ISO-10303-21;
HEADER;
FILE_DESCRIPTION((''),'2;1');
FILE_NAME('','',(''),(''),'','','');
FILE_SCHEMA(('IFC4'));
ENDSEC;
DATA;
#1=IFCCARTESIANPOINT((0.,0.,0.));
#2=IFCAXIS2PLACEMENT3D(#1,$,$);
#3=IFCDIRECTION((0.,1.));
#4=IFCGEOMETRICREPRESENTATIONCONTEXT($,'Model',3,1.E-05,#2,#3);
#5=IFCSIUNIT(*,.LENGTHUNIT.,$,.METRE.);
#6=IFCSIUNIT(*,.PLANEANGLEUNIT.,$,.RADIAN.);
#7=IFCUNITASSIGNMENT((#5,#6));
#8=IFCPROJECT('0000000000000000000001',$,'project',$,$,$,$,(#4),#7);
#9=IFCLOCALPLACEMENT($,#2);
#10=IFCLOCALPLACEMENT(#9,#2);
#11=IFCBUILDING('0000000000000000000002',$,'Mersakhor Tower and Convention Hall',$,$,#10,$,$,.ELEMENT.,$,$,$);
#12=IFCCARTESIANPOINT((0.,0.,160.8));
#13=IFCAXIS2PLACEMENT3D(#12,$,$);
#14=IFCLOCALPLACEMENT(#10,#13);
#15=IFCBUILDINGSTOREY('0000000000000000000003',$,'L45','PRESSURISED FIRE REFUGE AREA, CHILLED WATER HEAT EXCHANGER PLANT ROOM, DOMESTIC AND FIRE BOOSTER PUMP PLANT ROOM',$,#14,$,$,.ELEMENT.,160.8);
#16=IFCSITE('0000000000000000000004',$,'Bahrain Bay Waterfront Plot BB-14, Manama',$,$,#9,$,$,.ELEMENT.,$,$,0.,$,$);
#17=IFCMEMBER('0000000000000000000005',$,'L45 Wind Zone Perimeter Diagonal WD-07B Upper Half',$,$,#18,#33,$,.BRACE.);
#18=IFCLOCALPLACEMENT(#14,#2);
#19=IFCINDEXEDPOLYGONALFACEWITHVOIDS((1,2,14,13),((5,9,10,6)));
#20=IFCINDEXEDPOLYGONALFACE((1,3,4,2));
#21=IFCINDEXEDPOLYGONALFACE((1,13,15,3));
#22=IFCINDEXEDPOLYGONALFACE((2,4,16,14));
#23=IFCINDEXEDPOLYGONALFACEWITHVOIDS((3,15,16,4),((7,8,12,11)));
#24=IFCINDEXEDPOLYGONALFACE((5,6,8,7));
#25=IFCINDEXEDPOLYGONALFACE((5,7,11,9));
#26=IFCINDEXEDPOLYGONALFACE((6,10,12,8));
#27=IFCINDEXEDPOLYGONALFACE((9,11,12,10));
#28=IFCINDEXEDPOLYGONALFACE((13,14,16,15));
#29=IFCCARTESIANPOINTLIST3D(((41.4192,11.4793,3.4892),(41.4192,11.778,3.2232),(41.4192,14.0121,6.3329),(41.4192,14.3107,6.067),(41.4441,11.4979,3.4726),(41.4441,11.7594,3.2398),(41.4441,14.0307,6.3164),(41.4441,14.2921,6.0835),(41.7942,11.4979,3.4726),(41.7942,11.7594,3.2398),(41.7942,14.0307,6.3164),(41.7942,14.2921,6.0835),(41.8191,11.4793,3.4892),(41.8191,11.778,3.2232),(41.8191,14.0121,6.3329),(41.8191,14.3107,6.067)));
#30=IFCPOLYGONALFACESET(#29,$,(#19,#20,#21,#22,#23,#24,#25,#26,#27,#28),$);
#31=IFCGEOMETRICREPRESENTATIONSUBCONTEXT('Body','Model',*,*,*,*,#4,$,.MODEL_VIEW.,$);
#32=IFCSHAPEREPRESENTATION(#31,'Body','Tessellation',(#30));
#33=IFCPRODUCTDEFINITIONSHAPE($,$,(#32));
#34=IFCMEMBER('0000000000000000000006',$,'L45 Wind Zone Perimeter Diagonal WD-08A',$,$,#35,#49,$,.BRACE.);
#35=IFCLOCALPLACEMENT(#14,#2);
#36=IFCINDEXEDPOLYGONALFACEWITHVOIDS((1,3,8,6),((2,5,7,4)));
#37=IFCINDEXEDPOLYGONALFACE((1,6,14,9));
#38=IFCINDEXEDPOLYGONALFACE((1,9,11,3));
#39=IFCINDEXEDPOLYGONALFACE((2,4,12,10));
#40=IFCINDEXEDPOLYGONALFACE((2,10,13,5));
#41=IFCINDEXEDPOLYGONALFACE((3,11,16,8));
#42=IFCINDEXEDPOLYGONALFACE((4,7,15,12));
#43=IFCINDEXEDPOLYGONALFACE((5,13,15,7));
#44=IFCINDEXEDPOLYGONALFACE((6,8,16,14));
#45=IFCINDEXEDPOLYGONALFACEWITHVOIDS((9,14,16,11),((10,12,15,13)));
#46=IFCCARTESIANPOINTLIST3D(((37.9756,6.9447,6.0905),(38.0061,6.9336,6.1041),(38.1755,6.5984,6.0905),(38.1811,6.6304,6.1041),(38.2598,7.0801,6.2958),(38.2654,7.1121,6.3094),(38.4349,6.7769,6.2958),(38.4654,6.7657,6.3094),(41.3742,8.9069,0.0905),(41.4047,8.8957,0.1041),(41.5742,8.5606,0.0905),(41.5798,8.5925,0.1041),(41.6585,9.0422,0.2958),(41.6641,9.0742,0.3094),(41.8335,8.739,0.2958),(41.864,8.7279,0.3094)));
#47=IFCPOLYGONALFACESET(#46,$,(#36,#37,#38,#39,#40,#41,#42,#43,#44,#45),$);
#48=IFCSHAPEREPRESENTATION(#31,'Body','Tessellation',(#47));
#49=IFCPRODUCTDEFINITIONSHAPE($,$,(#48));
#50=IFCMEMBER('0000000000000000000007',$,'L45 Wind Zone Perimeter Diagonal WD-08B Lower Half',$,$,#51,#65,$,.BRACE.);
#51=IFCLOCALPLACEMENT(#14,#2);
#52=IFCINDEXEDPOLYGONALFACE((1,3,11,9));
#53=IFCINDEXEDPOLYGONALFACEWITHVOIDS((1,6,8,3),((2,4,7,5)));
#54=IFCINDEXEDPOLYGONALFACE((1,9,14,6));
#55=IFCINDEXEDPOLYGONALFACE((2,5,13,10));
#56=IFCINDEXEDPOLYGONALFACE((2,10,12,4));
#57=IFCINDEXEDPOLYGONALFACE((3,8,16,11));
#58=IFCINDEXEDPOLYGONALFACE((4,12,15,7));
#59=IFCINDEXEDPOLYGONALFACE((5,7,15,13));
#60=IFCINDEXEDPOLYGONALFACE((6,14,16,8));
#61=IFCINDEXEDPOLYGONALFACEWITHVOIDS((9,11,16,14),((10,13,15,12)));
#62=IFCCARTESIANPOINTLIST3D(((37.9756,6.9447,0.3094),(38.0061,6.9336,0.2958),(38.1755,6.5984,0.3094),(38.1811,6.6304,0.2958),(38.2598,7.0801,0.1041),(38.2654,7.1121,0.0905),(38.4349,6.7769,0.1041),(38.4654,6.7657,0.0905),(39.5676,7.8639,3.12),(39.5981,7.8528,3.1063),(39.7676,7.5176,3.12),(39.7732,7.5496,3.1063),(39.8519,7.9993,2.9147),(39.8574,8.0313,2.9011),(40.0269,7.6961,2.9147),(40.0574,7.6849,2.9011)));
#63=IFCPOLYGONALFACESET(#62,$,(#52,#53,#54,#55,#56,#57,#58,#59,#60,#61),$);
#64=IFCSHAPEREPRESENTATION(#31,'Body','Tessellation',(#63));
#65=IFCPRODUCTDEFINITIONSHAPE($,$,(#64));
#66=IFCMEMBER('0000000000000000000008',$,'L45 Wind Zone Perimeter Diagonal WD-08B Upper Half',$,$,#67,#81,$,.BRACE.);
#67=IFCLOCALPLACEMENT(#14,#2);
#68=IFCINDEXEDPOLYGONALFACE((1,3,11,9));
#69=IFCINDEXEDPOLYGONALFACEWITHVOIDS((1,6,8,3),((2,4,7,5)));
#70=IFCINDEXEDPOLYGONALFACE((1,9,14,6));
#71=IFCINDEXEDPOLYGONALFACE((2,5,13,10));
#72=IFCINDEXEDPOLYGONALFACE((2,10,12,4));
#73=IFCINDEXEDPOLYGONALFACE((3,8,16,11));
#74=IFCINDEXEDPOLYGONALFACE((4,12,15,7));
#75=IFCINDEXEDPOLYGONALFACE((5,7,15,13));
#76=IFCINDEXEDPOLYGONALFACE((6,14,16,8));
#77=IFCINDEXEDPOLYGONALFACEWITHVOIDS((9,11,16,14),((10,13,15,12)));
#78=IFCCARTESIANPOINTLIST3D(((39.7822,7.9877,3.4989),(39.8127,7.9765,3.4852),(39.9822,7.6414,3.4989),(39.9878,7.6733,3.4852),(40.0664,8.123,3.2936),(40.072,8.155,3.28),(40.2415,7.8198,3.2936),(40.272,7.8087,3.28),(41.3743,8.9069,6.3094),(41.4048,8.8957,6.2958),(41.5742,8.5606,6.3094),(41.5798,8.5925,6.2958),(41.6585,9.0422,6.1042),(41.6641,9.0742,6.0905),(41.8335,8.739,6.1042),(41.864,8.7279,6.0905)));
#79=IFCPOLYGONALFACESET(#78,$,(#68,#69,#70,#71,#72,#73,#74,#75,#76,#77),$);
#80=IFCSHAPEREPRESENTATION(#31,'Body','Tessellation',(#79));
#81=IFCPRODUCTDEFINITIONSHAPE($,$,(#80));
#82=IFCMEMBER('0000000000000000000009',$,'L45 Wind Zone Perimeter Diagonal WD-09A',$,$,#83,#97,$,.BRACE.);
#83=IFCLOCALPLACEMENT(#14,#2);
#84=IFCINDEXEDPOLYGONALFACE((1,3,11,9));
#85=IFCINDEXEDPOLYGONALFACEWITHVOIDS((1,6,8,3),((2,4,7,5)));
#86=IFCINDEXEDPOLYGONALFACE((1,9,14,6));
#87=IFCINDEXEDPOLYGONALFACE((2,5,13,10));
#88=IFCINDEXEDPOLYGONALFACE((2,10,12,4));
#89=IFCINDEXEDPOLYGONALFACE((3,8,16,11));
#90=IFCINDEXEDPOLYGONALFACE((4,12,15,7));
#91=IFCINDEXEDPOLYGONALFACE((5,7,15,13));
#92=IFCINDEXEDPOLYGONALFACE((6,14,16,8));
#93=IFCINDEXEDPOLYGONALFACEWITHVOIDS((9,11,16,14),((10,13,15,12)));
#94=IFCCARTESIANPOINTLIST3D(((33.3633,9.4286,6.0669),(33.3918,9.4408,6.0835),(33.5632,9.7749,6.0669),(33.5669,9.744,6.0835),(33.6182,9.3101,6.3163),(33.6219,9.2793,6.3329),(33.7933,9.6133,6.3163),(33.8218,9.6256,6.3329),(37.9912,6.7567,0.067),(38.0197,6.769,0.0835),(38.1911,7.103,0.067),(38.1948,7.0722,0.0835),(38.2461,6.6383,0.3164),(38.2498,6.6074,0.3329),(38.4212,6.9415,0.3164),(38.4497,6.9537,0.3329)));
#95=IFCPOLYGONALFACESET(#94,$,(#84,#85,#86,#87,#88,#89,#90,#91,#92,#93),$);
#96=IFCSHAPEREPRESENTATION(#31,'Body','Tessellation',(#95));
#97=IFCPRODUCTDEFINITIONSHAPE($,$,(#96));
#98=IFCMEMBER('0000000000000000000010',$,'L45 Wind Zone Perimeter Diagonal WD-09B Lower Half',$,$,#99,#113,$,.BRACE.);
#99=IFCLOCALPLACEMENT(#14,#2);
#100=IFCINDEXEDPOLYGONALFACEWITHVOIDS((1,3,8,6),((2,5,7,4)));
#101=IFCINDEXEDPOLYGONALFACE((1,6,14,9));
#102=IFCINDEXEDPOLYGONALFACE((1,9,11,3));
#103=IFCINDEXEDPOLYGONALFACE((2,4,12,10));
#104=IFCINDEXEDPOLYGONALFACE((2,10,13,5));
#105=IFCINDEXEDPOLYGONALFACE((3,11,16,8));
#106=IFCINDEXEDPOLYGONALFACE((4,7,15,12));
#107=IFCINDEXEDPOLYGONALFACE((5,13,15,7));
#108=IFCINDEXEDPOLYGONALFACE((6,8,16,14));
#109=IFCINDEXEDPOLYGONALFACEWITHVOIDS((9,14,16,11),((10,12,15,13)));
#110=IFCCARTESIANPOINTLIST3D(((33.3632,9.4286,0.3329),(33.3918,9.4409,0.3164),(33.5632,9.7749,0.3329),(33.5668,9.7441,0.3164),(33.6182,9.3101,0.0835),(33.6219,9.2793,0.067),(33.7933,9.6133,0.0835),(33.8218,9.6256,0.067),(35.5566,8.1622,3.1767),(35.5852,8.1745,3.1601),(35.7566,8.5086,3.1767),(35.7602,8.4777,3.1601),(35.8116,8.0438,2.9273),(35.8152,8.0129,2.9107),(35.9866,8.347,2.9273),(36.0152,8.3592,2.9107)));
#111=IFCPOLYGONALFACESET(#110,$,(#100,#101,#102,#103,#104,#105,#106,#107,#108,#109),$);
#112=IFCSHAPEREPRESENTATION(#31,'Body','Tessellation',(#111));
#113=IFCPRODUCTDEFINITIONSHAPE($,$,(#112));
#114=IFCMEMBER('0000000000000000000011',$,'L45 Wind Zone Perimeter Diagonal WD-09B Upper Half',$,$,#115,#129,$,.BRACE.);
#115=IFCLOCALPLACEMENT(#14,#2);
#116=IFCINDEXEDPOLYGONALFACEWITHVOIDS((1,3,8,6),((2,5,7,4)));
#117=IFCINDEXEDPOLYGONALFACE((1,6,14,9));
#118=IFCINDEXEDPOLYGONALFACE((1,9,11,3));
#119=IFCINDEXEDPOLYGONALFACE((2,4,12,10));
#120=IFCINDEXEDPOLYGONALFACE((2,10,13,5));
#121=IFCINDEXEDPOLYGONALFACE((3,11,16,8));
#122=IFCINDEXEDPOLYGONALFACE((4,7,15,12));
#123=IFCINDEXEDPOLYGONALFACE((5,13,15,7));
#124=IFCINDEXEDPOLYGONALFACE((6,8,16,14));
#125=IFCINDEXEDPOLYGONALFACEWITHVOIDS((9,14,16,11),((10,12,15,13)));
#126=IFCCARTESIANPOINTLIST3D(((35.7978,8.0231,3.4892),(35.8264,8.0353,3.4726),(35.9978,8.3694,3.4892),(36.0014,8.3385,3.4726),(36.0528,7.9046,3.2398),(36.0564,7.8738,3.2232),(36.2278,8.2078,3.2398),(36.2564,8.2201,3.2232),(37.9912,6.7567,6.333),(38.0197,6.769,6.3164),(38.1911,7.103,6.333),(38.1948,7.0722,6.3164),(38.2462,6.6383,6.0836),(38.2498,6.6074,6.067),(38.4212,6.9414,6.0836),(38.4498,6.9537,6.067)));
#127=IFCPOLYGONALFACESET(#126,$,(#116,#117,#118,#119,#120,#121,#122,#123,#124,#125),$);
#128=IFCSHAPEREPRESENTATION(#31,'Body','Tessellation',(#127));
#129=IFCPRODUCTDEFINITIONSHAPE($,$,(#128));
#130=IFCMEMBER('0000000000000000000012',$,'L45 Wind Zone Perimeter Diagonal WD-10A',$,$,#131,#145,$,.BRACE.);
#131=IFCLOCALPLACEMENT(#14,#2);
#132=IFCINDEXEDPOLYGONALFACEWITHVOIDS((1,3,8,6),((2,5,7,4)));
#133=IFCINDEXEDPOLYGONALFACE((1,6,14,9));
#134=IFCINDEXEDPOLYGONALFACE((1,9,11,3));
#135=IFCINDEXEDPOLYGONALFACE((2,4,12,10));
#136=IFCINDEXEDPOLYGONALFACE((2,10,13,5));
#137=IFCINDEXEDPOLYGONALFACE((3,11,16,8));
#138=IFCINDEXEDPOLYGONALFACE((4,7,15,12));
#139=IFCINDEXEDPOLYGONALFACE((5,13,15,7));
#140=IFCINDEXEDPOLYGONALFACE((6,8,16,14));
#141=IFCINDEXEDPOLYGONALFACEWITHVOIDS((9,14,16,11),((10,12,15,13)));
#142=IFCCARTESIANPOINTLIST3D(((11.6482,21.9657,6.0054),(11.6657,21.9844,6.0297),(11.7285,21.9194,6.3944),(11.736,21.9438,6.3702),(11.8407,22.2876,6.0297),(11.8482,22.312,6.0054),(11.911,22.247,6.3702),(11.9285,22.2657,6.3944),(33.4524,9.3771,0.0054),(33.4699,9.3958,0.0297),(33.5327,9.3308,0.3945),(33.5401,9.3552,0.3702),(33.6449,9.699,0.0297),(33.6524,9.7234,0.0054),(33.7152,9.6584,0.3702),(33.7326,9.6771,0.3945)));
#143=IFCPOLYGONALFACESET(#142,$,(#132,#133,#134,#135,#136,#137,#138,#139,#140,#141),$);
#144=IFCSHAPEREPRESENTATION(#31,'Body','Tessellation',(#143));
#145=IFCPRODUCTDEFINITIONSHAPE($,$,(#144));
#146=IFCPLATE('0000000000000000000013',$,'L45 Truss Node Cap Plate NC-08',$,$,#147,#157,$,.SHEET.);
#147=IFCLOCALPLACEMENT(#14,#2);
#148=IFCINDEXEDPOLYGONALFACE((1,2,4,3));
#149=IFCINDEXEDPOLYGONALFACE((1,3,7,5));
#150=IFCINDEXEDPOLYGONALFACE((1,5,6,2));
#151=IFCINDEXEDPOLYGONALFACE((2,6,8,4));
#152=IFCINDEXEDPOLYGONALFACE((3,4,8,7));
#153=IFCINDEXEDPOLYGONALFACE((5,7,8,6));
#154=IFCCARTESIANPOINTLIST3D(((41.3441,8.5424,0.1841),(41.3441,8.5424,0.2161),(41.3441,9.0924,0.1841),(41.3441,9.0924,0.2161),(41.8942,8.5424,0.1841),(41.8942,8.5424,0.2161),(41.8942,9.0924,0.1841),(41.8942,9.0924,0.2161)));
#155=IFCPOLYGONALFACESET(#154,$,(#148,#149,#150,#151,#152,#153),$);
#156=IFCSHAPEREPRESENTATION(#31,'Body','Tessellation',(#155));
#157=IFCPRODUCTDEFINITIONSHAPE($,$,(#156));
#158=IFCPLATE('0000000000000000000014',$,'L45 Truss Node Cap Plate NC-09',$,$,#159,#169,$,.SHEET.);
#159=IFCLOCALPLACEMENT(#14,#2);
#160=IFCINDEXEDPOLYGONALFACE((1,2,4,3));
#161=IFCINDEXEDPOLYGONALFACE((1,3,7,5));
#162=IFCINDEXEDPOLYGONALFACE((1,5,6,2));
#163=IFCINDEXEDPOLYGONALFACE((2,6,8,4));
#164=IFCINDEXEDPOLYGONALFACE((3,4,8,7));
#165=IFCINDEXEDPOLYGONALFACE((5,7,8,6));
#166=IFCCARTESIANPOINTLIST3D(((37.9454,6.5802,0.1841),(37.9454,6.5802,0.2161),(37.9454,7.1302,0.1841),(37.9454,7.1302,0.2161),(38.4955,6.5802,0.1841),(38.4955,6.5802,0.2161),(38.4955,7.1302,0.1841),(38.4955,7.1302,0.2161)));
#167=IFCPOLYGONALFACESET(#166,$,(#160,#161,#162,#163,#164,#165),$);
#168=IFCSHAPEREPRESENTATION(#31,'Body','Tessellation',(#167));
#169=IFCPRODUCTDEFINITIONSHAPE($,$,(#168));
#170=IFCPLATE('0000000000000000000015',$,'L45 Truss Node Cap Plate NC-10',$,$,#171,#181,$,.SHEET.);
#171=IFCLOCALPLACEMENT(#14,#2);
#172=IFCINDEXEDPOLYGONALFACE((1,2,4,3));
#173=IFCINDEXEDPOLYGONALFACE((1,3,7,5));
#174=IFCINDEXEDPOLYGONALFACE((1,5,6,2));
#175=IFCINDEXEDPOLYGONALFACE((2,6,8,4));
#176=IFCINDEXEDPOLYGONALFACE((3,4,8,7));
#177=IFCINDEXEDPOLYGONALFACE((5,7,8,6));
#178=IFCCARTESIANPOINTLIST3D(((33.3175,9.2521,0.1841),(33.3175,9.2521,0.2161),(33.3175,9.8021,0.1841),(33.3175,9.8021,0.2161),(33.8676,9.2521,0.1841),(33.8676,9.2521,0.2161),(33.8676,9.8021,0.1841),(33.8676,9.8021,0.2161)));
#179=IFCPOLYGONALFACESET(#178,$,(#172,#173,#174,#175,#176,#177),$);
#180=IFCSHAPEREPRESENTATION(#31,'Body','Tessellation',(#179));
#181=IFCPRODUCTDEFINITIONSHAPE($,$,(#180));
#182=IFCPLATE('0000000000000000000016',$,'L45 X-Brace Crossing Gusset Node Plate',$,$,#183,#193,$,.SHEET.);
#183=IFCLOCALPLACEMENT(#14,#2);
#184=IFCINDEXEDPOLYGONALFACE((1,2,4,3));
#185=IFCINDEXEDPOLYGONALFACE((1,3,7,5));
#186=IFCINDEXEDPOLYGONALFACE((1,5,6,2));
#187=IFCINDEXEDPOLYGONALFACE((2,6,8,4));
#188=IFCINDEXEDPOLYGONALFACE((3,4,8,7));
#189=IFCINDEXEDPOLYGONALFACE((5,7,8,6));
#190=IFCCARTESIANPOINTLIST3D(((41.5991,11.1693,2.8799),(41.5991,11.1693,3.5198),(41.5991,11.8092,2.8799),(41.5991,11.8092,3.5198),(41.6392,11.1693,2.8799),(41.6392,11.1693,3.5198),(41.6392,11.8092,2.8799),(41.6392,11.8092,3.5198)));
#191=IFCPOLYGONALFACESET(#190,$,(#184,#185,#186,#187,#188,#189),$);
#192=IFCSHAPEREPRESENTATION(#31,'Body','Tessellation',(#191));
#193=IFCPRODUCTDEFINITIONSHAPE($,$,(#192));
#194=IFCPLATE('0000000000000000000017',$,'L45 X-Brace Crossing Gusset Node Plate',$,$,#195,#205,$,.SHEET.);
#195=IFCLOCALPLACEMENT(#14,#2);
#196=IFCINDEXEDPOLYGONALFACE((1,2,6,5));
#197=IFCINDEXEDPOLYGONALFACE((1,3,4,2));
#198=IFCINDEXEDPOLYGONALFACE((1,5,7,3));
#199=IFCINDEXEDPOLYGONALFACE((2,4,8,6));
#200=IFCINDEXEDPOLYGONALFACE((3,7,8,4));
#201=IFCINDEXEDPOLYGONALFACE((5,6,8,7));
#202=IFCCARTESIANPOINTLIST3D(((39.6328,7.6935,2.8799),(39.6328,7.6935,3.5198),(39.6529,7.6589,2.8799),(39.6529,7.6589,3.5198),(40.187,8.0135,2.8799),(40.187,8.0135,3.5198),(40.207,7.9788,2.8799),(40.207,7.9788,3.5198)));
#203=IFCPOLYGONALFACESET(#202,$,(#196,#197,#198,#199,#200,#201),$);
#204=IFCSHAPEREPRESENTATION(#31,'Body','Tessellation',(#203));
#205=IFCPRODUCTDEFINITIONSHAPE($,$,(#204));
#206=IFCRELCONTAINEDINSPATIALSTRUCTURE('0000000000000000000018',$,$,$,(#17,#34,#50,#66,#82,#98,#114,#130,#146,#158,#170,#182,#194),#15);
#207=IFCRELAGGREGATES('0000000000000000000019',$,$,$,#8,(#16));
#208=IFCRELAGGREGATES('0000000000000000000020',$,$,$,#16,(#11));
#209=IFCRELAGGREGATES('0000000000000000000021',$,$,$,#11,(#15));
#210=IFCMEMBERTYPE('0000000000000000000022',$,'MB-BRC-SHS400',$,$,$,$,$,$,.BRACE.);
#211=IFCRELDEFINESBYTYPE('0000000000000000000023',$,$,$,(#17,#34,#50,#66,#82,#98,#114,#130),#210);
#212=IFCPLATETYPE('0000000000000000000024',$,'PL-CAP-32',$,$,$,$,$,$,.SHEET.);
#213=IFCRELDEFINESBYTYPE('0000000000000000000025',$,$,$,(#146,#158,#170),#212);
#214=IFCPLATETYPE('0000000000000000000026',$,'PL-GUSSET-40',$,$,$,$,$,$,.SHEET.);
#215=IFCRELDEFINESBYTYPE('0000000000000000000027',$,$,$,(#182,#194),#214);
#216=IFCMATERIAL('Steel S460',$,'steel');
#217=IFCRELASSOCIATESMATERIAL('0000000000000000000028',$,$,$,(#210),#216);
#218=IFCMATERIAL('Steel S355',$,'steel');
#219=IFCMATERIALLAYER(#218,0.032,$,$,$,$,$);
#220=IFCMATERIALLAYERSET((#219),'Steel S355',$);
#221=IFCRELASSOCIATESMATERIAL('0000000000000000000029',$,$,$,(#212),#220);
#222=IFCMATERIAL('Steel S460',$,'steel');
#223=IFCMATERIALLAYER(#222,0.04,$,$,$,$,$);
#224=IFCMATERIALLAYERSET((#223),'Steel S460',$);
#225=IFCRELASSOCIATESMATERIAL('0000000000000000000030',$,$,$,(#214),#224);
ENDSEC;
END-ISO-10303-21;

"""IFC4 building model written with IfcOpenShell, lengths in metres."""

from ifc_helpers import new_model, si_unit, direction, frame, origin, origin_2d, place, context, subcontext, project, spatial, rectangle, hollow_rectangle, extrude, material, layer, layer_set, material_profile, profile_set, type_object, element, save


model = new_model("IFC4")

# Units and contexts
model_context = context("Model", 3, precision=1e-05, world=origin(), true_north=direction((0.0, 1.0)))
body_context = subcontext(model_context, "Body", "Model", "MODEL_VIEW")
ifc_project = project(units=[si_unit("LENGTHUNIT", "METRE"), si_unit("PLANEANGLEUNIT", "RADIAN")], contexts=[model_context])

# Site, building, storey
site_placement = place(None, origin())
site = spatial("IfcSite", under=ifc_project, at=site_placement, Name="Bahrain Bay Waterfront Plot BB-14, Manama", CompositionType="ELEMENT", RefElevation=0.0)
building_placement = place(site_placement, origin())
building = spatial("IfcBuilding", under=site, at=building_placement, Name="Mersakhor Tower and Convention Hall", CompositionType="ELEMENT")
storey_placement = place(building_placement, frame((0.0, 0.0, 160.8)))
storey = spatial("IfcBuildingStorey", under=building, at=storey_placement, Name="L45", Description="PRESSURISED FIRE REFUGE AREA, CHILLED WATER HEAT EXCHANGER PLANT ROOM, DOMESTIC AND FIRE BOOSTER PUMP PLANT ROOM", CompositionType="ELEMENT", Elevation=160.8)

# Members
ifc_material_1 = material(Name="Steel S460", Category="steel")
ifc_material_profile_1 = material_profile(ifc_material_1, hollow_rectangle(XDim=0.3999, YDim=0.3999, WallThickness=0.0249, at=origin_2d()), Name="SHS 400x400x25")
ifc_profile_set_1 = profile_set([ifc_material_profile_1], Name="Steel S460")
member_type = type_object("IfcMemberType", Name="MB-BRC-SHS400", PredefinedType="BRACE", material=ifc_profile_set_1)
for number, where, z_axis, x_axis, name in (
    (1, (41.6191, 11.6287, 3.3562), (0.0, 0.665088, 0.746765), (-1.0, 0.0, 0.0), "L45 Wind Zone Perimeter Diagonal WD-07B Upper Half"),
):
    element("IfcMember", number, at=place(storey_placement, frame(where, z_axis=z_axis, x_axis=x_axis)), inside=storey, type_object=member_type, Name=name, PredefinedType="BRACE", context=body_context, shape_type="SweptSolid", body=[
        extrude(hollow_rectangle(XDim=0.3999, YDim=0.3999, WallThickness=0.0249, at=origin_2d()), origin(), (0.0, 0.0, 1.0), 3.8081),
    ])
member_1_placement = place(storey_placement, frame((41.6191, 8.8174, 0.2), z_axis=(-0.47405, -0.273683, 0.836884), x_axis=(0.499986, -0.866033, 0.0)))
element("IfcMember", 2, at=member_1_placement, inside=storey, type_object=member_type, Name="L45 Wind Zone Perimeter Diagonal WD-08A", PredefinedType="BRACE", context=body_context, shape_type="SweptSolid", body=[
    extrude(hollow_rectangle(XDim=0.3999, YDim=0.3999, WallThickness=0.0249, at=origin_2d()), origin(), (0.0, 0.0, 1.0), 7.1694),
])
for number, where, z_axis, x_axis, name in (
    (3, (38.2205, 6.8552, 0.2), (0.474051, 0.273701, 0.836877), (-0.50001, 0.86602, 0.0), "L45 Wind Zone Perimeter Diagonal WD-08B Lower Half"),
    (4, (40.0271, 7.8982, 3.3894), (0.474051, 0.273701, 0.836877), (-0.50001, 0.86602, 0.0), "L45 Wind Zone Perimeter Diagonal WD-08B Upper Half"),
):
    element("IfcMember", number, at=place(storey_placement, frame(where, z_axis=z_axis, x_axis=x_axis)), inside=storey, type_object=member_type, Name=name, PredefinedType="BRACE", context=body_context, shape_type="SweptSolid", body=[
        extrude(hollow_rectangle(XDim=0.3999, YDim=0.3999, WallThickness=0.0249, at=origin_2d()), origin(), (0.0, 0.0, 1.0), 3.3584),
    ])
member_2_placement = place(storey_placement, frame((38.2205, 6.8552, 0.2), z_axis=(-0.575992, 0.332541, 0.74676), x_axis=(-0.499991, -0.86603, 0.0)))
element("IfcMember", 5, at=member_2_placement, inside=storey, type_object=member_type, Name="L45 Wind Zone Perimeter Diagonal WD-09A", PredefinedType="BRACE", context=body_context, shape_type="SweptSolid", body=[
    extrude(hollow_rectangle(XDim=0.3999, YDim=0.3999, WallThickness=0.0249, at=origin_2d()), origin(), (0.0, 0.0, 1.0), 8.0347),
])
for number, where, z_axis, x_axis, name in (
    (6, (33.5925, 9.5271, 0.2), (0.575977, -0.332546, 0.746769), (0.500006, 0.866022, 0.0), "L45 Wind Zone Perimeter Diagonal WD-09B Lower Half"),
    (7, (36.0271, 8.1216, 3.3562), (0.575977, -0.332546, 0.746769), (0.500006, 0.866022, 0.0), "L45 Wind Zone Perimeter Diagonal WD-09B Upper Half"),
):
    element("IfcMember", number, at=place(storey_placement, frame(where, z_axis=z_axis, x_axis=x_axis)), inside=storey, type_object=member_type, Name=name, PredefinedType="BRACE", context=body_context, shape_type="SweptSolid", body=[
        extrude(hollow_rectangle(XDim=0.3999, YDim=0.3999, WallThickness=0.0249, at=origin_2d()), origin(), (0.0, 0.0, 1.0), 3.8081),
    ])
member_3_placement = place(storey_placement, frame((33.5925, 9.5271, 0.2), z_axis=(-0.842435, 0.486378, 0.231818), x_axis=(-0.499999, -0.866026, 0.0)))
element("IfcMember", 8, at=member_3_placement, inside=storey, type_object=member_type, Name="L45 Wind Zone Perimeter Diagonal WD-10A", PredefinedType="BRACE", context=body_context, shape_type="SweptSolid", body=[
    extrude(hollow_rectangle(XDim=0.3999, YDim=0.3999, WallThickness=0.0249, at=origin_2d()), origin(), (0.0, 0.0, 1.0), 25.8823),
])

# Plates
ifc_material_2 = material(Name="Steel S355", Category="steel")
ifc_layer_1 = layer(ifc_material_2, 0.032)
ifc_layer_set_1 = layer_set([ifc_layer_1], Name="Steel S355")
plate_type_1 = type_object("IfcPlateType", Name="PL-CAP-32", PredefinedType="SHEET", material=ifc_layer_set_1)
for number, where, z_axis, x_axis, name in (
    (9, (41.6191, 8.8174, 0.1841), (0.0, 0.0, 1.0), (1.0, 0.0, 0.0), "L45 Truss Node Cap Plate NC-08"),
    (10, (38.2205, 6.8552, 0.1841), (0.0, 0.0, 1.0), (1.0, 0.0, 0.0), "L45 Truss Node Cap Plate NC-09"),
    (11, (33.5925, 9.5271, 0.1841), (0.0, 0.0, 1.0), (1.0, 0.0, 0.0), "L45 Truss Node Cap Plate NC-10"),
):
    element("IfcPlate", number, at=place(storey_placement, frame(where, z_axis=z_axis, x_axis=x_axis)), inside=storey, type_object=plate_type_1, Name=name, PredefinedType="SHEET", context=body_context, shape_type="SweptSolid", body=[
        extrude(rectangle(XDim=0.55, YDim=0.55, at=origin_2d()), origin(), (0.0, 0.0, 1.0), 0.032),
    ])
ifc_material_3 = material(Name="Steel S460", Category="steel")
ifc_layer_2 = layer(ifc_material_3, 0.04)
ifc_layer_set_2 = layer_set([ifc_layer_2], Name="Steel S460")
plate_type_2 = type_object("IfcPlateType", Name="PL-GUSSET-40", PredefinedType="SHEET", material=ifc_layer_set_2)
for number, where, z_axis, x_axis, name in (
    (12, (41.6191, 11.4893, 2.8799), (0.0, 0.0, 1.0), (0.0, 1.0, 0.0), "L45 X-Brace Crossing Gusset Node Plate"),
    (13, (39.9199, 7.8362, 2.8799), (0.0, 0.0, 1.0), (0.866025, 0.5, 0.0), "L45 X-Brace Crossing Gusset Node Plate"),
):
    element("IfcPlate", number, at=place(storey_placement, frame(where, z_axis=z_axis, x_axis=x_axis)), inside=storey, type_object=plate_type_2, Name=name, PredefinedType="SHEET", context=body_context, shape_type="SweptSolid", body=[
        extrude(rectangle(XDim=0.6399, YDim=0.04, at=origin_2d()), origin(), (0.0, 0.0, 1.0), 0.6399),
    ])

save(model, "model.ifc")
